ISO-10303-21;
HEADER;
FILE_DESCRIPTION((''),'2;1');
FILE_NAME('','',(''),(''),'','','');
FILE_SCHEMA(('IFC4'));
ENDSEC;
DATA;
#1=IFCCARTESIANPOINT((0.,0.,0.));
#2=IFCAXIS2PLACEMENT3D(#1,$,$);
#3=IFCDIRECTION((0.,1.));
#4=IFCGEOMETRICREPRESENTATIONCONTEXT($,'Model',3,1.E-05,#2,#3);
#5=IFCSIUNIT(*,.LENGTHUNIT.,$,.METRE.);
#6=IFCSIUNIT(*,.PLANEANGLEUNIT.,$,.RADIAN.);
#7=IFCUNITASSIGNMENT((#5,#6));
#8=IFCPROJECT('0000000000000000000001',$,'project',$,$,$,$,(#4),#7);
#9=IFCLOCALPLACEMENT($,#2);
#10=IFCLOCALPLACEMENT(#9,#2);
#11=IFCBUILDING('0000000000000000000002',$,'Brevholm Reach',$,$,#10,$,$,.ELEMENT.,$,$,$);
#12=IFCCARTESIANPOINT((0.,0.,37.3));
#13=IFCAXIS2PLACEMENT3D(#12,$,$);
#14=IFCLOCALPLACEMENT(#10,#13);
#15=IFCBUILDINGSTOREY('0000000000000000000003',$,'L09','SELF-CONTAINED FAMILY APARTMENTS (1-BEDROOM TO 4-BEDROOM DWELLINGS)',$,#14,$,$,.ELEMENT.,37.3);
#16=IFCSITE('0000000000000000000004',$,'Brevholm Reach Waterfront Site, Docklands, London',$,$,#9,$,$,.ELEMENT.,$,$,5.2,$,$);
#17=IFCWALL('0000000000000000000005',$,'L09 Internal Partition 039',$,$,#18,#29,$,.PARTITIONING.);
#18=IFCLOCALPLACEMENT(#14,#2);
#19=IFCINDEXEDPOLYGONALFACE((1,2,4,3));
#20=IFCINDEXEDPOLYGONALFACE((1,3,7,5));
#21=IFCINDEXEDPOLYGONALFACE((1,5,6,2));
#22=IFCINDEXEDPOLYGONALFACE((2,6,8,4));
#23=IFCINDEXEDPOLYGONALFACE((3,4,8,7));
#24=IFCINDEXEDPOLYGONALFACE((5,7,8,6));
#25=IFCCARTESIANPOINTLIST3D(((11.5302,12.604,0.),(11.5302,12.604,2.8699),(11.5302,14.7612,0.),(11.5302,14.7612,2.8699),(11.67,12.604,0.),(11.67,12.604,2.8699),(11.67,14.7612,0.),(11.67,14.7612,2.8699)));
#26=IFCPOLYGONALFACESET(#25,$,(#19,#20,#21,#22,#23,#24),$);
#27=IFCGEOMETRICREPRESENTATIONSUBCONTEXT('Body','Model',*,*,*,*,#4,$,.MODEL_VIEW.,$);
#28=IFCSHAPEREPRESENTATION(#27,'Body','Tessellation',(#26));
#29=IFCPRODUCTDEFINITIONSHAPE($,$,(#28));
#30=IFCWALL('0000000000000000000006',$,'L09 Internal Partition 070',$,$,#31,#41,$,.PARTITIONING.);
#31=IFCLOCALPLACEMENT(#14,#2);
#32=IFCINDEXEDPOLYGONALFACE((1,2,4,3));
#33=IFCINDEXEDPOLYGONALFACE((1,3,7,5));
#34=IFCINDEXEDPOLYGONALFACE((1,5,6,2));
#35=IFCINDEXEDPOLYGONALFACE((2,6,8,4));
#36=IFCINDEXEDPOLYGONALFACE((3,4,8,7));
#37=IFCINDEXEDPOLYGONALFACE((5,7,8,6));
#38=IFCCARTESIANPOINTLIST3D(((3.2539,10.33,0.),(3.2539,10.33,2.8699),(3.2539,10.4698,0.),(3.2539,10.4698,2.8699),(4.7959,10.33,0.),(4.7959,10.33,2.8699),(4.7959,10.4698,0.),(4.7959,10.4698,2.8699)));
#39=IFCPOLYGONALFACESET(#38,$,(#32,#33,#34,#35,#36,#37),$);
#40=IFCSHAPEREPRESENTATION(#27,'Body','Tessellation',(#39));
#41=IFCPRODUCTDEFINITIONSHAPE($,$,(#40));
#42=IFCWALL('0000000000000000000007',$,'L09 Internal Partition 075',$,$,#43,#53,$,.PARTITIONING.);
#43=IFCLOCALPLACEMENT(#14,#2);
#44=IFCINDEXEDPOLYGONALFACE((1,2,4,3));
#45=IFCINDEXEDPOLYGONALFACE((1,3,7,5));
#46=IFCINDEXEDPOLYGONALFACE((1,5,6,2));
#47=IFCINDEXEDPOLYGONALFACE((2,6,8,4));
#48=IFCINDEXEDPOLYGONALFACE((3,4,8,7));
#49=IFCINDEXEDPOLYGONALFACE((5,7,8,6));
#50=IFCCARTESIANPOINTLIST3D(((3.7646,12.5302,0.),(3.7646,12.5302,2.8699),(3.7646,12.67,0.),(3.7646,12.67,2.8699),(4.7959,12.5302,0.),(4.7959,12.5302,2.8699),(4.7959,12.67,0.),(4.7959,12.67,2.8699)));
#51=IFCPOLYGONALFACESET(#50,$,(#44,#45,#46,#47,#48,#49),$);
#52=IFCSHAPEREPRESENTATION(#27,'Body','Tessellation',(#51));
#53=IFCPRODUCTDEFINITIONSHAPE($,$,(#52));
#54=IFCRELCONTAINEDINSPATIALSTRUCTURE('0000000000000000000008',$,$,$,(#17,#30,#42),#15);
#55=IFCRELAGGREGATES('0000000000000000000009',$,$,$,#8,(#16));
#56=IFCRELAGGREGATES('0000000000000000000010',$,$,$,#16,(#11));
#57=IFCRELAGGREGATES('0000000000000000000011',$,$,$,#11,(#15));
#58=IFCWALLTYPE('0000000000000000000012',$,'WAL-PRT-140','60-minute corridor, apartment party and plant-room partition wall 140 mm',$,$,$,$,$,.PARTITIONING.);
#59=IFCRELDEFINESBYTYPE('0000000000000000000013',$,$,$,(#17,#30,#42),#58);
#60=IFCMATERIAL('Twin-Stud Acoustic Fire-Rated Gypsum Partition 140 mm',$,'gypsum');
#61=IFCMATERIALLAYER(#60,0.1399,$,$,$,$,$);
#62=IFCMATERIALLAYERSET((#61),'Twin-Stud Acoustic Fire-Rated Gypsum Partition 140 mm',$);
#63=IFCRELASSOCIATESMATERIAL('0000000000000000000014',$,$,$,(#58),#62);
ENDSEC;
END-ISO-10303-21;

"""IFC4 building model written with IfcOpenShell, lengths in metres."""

from ifc_helpers import new_model, si_unit, direction, frame, frame_2d, origin, place, context, subcontext, project, spatial, rectangle, extrude, material, layer, layer_set, type_object, element, save


model = new_model("IFC4")

# Units and contexts
model_context = context("Model", 3, precision=1e-05, world=origin(), true_north=direction((0.0, 1.0)))
body_context = subcontext(model_context, "Body", "Model", "MODEL_VIEW")
ifc_project = project(units=[si_unit("LENGTHUNIT", "METRE"), si_unit("PLANEANGLEUNIT", "RADIAN")], contexts=[model_context])

# Site, building, storey
site_placement = place(None, origin())
site = spatial("IfcSite", under=ifc_project, at=site_placement, Name="Brevholm Reach Waterfront Site, Docklands, London", CompositionType="ELEMENT", RefElevation=5.2)
building_placement = place(site_placement, origin())
building = spatial("IfcBuilding", under=site, at=building_placement, Name="Brevholm Reach", CompositionType="ELEMENT")
storey_placement = place(building_placement, frame((0.0, 0.0, 37.3)))
storey = spatial("IfcBuildingStorey", under=building, at=storey_placement, Name="L09", Description="SELF-CONTAINED FAMILY APARTMENTS (1-BEDROOM TO 4-BEDROOM DWELLINGS)", CompositionType="ELEMENT", Elevation=37.3)

# Shared definitions
ifc_material_1 = material(Name="Twin-Stud Acoustic Fire-Rated Gypsum Partition 140 mm", Category="gypsum")
ifc_layer_1 = layer(ifc_material_1, 0.1399)
ifc_layer_set_1 = layer_set([ifc_layer_1], Name="Twin-Stud Acoustic Fire-Rated Gypsum Partition 140 mm")
wall_type_1 = type_object("IfcWallType", Name="WAL-PRT-140", Description="60-minute corridor, apartment party and plant-room partition wall 140 mm", PredefinedType="PARTITIONING", material=ifc_layer_set_1)

# Walls
wall_1_placement = place(storey_placement, frame((11.6001, 12.604, 0.0), z_axis=(0.0, 0.0, 1.0), x_axis=(0.0, 1.0, 0.0)))
element("IfcWall", 1, at=wall_1_placement, inside=storey, type_object=wall_type_1, Name="L09 Internal Partition 039", PredefinedType="PARTITIONING", context=body_context, shape_type="SweptSolid", body=[
    extrude(rectangle(XDim=2.1572, YDim=0.1399, at=frame_2d((1.0786, 0.0))), origin(), (0.0, 0.0, 1.0), 2.8699),
])
wall_2_placement = place(storey_placement, frame((3.2539, 10.3999, 0.0), z_axis=(0.0, 0.0, 1.0), x_axis=(1.0, 0.0, 0.0)))
element("IfcWall", 2, at=wall_2_placement, inside=storey, type_object=wall_type_1, Name="L09 Internal Partition 070", PredefinedType="PARTITIONING", context=body_context, shape_type="SweptSolid", body=[
    extrude(rectangle(XDim=1.542, YDim=0.1399, at=frame_2d((0.771, 0.0))), origin(), (0.0, 0.0, 1.0), 2.8699),
])
wall_3_placement = place(storey_placement, frame((3.7646, 12.6001, 0.0), z_axis=(0.0, 0.0, 1.0), x_axis=(1.0, 0.0, 0.0)))
element("IfcWall", 3, at=wall_3_placement, inside=storey, type_object=wall_type_1, Name="L09 Internal Partition 075", PredefinedType="PARTITIONING", context=body_context, shape_type="SweptSolid", body=[
    extrude(rectangle(XDim=1.0312, YDim=0.1399, at=frame_2d((0.5156, 0.0))), origin(), (0.0, 0.0, 1.0), 2.8699),
])

save(model, "model.ifc")
